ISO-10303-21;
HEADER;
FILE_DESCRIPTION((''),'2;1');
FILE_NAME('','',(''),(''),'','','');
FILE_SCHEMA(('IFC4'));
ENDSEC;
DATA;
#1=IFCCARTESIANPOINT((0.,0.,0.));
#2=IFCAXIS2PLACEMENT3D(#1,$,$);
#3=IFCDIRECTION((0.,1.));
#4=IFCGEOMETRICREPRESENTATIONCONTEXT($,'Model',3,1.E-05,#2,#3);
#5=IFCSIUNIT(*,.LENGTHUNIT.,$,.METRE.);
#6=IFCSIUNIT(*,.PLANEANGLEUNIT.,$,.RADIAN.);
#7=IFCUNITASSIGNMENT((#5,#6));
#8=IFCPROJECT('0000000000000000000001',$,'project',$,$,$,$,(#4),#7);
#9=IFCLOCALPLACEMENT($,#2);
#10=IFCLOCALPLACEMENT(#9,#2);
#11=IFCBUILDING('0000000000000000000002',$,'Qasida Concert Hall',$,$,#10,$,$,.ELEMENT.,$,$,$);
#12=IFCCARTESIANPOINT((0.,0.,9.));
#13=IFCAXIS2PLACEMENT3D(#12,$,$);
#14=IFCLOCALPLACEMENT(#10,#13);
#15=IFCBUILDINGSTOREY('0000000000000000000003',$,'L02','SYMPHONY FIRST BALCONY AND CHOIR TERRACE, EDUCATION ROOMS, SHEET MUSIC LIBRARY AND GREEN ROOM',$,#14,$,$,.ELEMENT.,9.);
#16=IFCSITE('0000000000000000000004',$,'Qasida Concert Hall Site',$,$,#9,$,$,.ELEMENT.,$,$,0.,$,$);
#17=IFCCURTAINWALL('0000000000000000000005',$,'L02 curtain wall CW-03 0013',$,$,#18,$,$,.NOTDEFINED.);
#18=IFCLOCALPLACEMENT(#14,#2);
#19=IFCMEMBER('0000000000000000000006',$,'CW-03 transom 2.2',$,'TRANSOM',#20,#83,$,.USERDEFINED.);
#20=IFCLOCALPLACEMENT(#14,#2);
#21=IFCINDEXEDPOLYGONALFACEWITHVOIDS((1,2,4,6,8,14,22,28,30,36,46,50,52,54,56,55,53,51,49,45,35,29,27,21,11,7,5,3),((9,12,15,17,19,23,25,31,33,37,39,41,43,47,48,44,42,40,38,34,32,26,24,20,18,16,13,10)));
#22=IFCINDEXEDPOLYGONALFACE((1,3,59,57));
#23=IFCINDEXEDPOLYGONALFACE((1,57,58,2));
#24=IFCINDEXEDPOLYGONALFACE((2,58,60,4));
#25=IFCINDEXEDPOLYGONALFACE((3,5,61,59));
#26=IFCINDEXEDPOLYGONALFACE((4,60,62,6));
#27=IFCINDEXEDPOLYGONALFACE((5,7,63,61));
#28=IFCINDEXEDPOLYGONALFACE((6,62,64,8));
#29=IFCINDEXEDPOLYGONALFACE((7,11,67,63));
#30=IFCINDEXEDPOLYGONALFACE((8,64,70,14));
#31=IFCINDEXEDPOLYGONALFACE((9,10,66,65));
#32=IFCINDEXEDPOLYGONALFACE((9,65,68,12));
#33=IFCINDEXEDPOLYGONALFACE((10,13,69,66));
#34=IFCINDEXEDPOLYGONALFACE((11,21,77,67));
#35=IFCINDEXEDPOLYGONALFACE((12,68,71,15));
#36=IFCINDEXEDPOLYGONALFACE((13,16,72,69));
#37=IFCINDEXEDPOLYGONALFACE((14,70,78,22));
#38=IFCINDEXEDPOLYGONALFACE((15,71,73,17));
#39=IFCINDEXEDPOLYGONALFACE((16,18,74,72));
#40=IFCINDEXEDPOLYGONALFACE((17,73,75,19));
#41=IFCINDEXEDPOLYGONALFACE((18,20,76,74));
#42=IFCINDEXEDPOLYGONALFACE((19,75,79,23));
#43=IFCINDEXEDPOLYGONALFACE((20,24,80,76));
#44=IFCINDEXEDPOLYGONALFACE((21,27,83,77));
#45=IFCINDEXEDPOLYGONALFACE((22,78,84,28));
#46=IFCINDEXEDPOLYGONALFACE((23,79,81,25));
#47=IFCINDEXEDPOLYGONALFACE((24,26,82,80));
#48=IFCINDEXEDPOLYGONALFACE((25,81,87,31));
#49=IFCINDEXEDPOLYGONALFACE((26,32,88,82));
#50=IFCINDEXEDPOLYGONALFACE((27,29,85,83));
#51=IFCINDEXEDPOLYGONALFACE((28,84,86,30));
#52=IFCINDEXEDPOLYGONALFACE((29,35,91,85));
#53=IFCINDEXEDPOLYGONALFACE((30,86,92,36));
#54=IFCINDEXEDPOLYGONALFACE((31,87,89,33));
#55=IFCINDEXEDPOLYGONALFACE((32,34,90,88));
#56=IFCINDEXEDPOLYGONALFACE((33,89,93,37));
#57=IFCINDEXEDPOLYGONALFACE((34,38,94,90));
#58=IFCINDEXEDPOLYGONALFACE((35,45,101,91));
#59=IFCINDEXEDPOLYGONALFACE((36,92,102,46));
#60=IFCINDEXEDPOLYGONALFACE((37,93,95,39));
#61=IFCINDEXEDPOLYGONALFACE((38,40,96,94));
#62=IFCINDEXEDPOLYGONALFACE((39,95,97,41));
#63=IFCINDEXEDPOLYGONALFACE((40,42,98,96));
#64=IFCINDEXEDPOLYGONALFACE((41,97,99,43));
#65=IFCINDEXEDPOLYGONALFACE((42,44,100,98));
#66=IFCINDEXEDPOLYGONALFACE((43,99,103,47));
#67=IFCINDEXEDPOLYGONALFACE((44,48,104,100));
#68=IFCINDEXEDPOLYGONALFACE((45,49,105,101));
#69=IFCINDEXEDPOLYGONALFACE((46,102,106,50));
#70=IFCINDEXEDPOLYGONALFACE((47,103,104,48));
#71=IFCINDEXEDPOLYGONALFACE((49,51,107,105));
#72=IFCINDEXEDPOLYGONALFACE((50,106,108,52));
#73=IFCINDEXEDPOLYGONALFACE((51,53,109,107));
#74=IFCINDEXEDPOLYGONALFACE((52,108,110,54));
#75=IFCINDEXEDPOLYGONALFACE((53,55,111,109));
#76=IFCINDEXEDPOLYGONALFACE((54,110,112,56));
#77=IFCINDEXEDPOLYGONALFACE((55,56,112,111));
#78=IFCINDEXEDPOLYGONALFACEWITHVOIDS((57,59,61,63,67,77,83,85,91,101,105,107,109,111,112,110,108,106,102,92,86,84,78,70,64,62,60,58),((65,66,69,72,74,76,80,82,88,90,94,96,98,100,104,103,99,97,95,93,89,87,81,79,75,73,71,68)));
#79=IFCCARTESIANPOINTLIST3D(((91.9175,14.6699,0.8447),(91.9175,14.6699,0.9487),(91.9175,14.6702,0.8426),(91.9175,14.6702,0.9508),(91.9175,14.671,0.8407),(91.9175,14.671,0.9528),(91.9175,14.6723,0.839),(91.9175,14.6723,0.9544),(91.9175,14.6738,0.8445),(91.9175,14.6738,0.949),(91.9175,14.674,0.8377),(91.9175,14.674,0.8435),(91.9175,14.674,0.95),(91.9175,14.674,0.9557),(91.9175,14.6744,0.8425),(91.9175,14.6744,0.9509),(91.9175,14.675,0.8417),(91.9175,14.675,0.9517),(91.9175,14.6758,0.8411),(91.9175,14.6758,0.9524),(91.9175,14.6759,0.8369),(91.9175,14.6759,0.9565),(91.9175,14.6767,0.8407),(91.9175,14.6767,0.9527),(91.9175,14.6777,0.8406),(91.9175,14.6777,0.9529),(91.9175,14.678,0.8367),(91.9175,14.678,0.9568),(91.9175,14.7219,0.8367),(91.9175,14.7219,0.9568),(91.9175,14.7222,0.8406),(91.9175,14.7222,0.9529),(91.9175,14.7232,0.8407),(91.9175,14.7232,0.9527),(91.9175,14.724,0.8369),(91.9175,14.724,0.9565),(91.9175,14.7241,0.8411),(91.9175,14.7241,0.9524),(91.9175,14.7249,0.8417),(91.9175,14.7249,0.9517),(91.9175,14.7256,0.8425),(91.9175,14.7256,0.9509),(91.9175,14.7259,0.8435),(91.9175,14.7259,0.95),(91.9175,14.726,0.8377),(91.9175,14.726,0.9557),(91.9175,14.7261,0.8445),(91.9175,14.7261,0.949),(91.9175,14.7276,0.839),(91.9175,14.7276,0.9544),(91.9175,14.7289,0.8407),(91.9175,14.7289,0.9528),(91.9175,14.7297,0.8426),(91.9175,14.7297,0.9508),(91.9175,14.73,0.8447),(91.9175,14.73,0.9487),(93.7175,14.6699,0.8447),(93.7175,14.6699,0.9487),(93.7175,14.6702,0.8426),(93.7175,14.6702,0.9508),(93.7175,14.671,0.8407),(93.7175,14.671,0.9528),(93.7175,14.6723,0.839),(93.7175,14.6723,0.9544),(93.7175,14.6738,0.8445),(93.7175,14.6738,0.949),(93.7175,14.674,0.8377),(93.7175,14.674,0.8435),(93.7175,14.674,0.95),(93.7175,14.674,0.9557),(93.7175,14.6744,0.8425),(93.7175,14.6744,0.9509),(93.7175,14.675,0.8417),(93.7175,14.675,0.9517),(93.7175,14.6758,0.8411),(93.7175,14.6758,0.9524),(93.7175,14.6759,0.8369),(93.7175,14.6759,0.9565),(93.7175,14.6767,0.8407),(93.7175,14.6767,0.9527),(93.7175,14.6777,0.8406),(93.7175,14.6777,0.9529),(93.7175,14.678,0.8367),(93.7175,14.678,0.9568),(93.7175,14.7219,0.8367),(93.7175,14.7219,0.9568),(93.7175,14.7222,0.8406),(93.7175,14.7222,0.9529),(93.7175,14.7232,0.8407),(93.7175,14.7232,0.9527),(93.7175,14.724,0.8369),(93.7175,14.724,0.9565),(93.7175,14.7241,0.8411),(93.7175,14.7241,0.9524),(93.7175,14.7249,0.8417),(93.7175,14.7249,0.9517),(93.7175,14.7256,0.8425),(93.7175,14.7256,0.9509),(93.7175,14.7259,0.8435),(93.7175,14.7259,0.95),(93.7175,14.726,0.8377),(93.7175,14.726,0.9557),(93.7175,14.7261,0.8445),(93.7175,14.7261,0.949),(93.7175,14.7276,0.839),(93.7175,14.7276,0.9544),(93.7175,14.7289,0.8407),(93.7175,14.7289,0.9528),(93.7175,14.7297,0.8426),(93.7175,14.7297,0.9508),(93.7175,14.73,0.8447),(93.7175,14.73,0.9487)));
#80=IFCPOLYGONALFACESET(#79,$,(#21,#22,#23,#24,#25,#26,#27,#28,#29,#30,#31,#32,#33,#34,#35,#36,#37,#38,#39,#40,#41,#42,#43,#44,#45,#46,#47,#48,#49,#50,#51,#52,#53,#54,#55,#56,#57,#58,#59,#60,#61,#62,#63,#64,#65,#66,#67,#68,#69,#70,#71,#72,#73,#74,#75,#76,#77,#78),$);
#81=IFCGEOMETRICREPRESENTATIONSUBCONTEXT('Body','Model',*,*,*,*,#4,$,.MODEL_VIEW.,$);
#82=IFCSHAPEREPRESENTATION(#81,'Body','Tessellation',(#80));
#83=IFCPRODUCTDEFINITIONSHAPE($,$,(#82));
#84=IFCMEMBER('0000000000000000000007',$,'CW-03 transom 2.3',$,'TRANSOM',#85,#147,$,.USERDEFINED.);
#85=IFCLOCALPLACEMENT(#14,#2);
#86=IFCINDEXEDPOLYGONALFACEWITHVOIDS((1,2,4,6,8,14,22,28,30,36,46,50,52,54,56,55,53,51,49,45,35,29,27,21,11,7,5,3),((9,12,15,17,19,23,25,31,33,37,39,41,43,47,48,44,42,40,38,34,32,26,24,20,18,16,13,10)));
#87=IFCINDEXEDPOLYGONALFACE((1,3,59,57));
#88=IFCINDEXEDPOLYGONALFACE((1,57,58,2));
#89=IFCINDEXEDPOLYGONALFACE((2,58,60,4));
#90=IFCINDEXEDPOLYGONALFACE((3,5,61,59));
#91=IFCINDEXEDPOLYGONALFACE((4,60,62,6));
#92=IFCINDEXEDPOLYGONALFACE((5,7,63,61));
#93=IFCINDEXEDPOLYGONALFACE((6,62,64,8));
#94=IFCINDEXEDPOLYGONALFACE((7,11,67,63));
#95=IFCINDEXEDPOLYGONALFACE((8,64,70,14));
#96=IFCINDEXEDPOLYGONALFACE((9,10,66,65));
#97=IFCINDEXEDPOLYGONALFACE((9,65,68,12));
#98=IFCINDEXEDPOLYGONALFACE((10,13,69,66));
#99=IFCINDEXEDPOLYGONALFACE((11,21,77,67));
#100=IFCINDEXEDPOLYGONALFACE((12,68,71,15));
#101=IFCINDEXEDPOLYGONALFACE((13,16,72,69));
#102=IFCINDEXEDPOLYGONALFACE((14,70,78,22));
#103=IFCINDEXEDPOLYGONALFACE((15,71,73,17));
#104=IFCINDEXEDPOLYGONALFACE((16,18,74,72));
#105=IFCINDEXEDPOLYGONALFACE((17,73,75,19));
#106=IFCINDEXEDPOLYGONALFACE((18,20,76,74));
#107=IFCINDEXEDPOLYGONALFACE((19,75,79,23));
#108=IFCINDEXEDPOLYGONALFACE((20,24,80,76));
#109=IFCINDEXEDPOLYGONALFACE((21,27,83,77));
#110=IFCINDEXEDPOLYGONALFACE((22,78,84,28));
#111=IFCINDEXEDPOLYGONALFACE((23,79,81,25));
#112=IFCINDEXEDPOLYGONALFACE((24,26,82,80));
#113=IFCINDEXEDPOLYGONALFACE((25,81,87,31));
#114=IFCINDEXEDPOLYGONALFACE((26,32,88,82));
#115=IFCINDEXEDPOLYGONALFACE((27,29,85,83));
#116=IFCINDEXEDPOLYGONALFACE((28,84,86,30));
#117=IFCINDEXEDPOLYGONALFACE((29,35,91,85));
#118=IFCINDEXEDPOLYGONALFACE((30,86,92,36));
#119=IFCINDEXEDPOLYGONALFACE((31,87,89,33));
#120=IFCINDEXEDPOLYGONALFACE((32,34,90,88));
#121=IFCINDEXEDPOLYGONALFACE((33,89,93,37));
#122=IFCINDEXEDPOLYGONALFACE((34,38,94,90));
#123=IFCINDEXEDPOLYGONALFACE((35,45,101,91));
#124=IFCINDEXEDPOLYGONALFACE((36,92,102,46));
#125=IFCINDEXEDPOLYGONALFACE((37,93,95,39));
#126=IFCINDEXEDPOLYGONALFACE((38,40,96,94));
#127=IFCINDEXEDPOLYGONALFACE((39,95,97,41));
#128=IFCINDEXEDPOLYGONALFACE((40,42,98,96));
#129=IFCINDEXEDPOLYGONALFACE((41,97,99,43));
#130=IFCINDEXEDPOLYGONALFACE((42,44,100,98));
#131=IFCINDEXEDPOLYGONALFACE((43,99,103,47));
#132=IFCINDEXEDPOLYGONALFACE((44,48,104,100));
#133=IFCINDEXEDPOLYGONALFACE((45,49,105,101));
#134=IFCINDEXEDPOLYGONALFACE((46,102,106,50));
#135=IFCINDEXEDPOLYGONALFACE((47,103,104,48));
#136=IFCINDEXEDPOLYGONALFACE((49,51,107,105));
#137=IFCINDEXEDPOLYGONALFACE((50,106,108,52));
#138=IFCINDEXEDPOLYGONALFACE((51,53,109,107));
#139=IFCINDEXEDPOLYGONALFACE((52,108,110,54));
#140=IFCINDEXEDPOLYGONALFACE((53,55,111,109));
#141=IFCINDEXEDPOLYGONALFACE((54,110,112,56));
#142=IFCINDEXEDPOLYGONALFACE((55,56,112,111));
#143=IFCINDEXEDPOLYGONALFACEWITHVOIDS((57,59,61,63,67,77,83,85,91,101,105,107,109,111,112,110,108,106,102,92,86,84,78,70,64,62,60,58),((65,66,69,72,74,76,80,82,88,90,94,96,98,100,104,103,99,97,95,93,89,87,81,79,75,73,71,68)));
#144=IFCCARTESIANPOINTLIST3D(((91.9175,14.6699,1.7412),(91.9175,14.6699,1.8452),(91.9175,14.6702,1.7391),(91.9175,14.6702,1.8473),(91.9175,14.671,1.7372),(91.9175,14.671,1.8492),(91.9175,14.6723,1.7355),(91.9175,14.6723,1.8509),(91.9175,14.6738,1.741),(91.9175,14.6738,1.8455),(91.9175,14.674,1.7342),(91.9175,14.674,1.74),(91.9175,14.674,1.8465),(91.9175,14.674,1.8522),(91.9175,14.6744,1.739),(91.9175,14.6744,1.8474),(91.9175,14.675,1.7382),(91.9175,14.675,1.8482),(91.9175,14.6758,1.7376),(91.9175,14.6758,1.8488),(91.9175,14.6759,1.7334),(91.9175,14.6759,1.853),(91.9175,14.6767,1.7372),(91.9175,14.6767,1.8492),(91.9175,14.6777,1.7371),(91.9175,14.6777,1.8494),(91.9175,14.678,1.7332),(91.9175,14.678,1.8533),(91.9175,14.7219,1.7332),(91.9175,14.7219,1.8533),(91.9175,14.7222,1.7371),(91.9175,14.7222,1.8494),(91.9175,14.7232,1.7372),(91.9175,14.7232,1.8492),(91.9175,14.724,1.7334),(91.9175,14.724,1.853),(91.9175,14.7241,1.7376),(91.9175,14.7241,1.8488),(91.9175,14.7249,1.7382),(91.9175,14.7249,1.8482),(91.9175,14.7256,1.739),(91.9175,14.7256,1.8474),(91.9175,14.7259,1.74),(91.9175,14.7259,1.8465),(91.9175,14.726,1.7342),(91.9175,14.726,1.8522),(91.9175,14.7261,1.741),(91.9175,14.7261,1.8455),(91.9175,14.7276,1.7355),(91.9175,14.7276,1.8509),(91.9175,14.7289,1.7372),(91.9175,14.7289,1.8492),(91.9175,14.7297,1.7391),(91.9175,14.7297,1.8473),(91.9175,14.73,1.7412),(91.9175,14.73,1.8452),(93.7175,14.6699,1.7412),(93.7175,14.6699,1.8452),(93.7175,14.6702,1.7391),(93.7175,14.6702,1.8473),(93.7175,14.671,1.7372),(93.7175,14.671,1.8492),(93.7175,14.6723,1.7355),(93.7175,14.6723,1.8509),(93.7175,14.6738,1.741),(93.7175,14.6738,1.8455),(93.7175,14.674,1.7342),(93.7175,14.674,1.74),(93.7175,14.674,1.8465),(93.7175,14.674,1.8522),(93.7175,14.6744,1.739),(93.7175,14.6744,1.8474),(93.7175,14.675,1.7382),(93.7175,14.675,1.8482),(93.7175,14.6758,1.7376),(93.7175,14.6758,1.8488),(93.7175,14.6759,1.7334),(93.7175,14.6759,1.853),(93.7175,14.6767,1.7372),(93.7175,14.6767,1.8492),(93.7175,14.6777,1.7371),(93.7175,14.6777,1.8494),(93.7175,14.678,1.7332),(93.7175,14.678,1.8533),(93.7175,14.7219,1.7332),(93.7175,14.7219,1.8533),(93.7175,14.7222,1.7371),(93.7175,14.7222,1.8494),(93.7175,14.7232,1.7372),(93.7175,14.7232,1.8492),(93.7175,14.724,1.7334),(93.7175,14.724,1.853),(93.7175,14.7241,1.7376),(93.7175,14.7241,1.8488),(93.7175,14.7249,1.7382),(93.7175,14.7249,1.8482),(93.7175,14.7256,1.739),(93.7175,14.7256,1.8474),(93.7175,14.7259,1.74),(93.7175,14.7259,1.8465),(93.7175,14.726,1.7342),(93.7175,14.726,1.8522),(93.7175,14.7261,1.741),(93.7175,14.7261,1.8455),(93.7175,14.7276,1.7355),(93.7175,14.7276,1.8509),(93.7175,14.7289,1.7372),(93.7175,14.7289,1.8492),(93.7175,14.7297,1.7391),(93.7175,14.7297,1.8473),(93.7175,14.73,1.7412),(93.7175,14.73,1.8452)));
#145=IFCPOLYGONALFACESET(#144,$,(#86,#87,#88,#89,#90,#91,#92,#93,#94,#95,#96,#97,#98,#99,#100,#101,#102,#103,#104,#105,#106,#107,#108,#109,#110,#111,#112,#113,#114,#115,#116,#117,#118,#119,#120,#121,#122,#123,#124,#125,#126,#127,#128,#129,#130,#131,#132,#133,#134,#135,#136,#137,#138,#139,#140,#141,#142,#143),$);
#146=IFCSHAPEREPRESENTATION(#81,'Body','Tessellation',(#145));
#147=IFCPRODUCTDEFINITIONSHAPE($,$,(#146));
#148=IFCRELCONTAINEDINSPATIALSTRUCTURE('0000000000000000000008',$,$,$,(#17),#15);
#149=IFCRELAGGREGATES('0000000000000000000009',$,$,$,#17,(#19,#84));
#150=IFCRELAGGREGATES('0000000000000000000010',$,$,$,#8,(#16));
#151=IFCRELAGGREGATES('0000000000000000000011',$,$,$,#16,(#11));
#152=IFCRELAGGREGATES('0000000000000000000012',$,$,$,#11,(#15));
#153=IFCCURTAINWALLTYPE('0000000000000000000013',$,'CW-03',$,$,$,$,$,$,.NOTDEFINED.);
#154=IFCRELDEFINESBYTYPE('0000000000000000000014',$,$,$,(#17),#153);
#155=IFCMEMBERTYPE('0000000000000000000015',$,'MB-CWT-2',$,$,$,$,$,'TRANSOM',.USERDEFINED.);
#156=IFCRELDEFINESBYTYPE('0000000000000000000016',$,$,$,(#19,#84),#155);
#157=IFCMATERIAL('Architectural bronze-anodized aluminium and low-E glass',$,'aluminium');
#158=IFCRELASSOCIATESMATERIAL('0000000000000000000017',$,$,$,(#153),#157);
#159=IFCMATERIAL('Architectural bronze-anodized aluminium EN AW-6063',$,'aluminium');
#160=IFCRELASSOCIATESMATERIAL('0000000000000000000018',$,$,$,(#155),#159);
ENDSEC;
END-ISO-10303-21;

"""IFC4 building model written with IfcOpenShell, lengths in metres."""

from ifc_helpers import new_model, si_unit, direction, frame, origin, origin_2d, place, context, subcontext, project, spatial, hollow_rectangle, extrude, material, material_profile, profile_set, type_object, element, aggregate, save


model = new_model("IFC4")

# Units and contexts
model_context = context("Model", 3, precision=1e-05, world=origin(), true_north=direction((0.0, 1.0)))
body_context = subcontext(model_context, "Body", "Model", "MODEL_VIEW")
ifc_project = project(units=[si_unit("LENGTHUNIT", "METRE"), si_unit("PLANEANGLEUNIT", "RADIAN")], contexts=[model_context])

# Site, building, storey
site_placement = place(None, origin())
site = spatial("IfcSite", under=ifc_project, at=site_placement, Name="Qasida Concert Hall Site", CompositionType="ELEMENT", RefElevation=0.0)
building_placement = place(site_placement, origin())
building = spatial("IfcBuilding", under=site, at=building_placement, Name="Qasida Concert Hall", CompositionType="ELEMENT")
storey_placement = place(building_placement, frame((0.0, 0.0, 9.0)))
storey = spatial("IfcBuildingStorey", under=building, at=storey_placement, Name="L02", Description="SYMPHONY FIRST BALCONY AND CHOIR TERRACE, EDUCATION ROOMS, SHEET MUSIC LIBRARY AND GREEN ROOM", CompositionType="ELEMENT", Elevation=9.0)

# Curtain wall, members
ifc_material_1 = material(Name="Architectural bronze-anodized aluminium and low-E glass", Category="aluminium")
curtain_wall_type = type_object("IfcCurtainWallType", Name="CW-03", PredefinedType="NOTDEFINED", material=ifc_material_1)
curtain_wall_placement = place(storey_placement, origin())
curtain_wall = element("IfcCurtainWall", 1, at=curtain_wall_placement, inside=storey, type_object=curtain_wall_type, Name="L02 curtain wall CW-03 0013", PredefinedType="NOTDEFINED")
ifc_material_2 = material(Name="Architectural bronze-anodized aluminium EN AW-6063", Category="aluminium")
ifc_material_profile_1 = material_profile(ifc_material_2, hollow_rectangle(XDim=0.0601, YDim=0.1201, WallThickness=0.0039, InnerFilletRadius=0.0039, OuterFilletRadius=0.0081, at=origin_2d()), Name="CWT 120x60x4")
ifc_profile_set_1 = profile_set([ifc_material_profile_1], Name="Architectural bronze-anodized aluminium EN AW-6063")
member_type_1 = type_object("IfcMemberType", Name="MB-CWT-2", ElementType="TRANSOM", PredefinedType="USERDEFINED", material=ifc_profile_set_1)
member_1_placement = place(storey_placement, frame((91.9175, 14.7, 0.8967), z_axis=(1.0, 0.0, 0.0), x_axis=(0.0, 1.0, 0.0)))
member_1 = element("IfcMember", 2, at=member_1_placement, type_object=member_type_1, Name="CW-03 transom 2.2", ObjectType="TRANSOM", PredefinedType="USERDEFINED", context=body_context, shape_type="SweptSolid", body=[
    extrude(hollow_rectangle(XDim=0.0601, YDim=0.1201, WallThickness=0.0039, InnerFilletRadius=0.0039, OuterFilletRadius=0.0081, at=origin_2d()), origin(), (0.0, 0.0, 1.0), 1.8),
])
member_2_placement = place(storey_placement, frame((91.9175, 14.7, 1.7932), z_axis=(1.0, 0.0, 0.0), x_axis=(0.0, 1.0, 0.0)))
member_2 = element("IfcMember", 3, at=member_2_placement, type_object=member_type_1, Name="CW-03 transom 2.3", ObjectType="TRANSOM", PredefinedType="USERDEFINED", context=body_context, shape_type="SweptSolid", body=[
    extrude(hollow_rectangle(XDim=0.0601, YDim=0.1201, WallThickness=0.0039, InnerFilletRadius=0.0039, OuterFilletRadius=0.0081, at=origin_2d()), origin(), (0.0, 0.0, 1.0), 1.8),
])
aggregate(curtain_wall, [member_1, member_2])

save(model, "model.ifc")
